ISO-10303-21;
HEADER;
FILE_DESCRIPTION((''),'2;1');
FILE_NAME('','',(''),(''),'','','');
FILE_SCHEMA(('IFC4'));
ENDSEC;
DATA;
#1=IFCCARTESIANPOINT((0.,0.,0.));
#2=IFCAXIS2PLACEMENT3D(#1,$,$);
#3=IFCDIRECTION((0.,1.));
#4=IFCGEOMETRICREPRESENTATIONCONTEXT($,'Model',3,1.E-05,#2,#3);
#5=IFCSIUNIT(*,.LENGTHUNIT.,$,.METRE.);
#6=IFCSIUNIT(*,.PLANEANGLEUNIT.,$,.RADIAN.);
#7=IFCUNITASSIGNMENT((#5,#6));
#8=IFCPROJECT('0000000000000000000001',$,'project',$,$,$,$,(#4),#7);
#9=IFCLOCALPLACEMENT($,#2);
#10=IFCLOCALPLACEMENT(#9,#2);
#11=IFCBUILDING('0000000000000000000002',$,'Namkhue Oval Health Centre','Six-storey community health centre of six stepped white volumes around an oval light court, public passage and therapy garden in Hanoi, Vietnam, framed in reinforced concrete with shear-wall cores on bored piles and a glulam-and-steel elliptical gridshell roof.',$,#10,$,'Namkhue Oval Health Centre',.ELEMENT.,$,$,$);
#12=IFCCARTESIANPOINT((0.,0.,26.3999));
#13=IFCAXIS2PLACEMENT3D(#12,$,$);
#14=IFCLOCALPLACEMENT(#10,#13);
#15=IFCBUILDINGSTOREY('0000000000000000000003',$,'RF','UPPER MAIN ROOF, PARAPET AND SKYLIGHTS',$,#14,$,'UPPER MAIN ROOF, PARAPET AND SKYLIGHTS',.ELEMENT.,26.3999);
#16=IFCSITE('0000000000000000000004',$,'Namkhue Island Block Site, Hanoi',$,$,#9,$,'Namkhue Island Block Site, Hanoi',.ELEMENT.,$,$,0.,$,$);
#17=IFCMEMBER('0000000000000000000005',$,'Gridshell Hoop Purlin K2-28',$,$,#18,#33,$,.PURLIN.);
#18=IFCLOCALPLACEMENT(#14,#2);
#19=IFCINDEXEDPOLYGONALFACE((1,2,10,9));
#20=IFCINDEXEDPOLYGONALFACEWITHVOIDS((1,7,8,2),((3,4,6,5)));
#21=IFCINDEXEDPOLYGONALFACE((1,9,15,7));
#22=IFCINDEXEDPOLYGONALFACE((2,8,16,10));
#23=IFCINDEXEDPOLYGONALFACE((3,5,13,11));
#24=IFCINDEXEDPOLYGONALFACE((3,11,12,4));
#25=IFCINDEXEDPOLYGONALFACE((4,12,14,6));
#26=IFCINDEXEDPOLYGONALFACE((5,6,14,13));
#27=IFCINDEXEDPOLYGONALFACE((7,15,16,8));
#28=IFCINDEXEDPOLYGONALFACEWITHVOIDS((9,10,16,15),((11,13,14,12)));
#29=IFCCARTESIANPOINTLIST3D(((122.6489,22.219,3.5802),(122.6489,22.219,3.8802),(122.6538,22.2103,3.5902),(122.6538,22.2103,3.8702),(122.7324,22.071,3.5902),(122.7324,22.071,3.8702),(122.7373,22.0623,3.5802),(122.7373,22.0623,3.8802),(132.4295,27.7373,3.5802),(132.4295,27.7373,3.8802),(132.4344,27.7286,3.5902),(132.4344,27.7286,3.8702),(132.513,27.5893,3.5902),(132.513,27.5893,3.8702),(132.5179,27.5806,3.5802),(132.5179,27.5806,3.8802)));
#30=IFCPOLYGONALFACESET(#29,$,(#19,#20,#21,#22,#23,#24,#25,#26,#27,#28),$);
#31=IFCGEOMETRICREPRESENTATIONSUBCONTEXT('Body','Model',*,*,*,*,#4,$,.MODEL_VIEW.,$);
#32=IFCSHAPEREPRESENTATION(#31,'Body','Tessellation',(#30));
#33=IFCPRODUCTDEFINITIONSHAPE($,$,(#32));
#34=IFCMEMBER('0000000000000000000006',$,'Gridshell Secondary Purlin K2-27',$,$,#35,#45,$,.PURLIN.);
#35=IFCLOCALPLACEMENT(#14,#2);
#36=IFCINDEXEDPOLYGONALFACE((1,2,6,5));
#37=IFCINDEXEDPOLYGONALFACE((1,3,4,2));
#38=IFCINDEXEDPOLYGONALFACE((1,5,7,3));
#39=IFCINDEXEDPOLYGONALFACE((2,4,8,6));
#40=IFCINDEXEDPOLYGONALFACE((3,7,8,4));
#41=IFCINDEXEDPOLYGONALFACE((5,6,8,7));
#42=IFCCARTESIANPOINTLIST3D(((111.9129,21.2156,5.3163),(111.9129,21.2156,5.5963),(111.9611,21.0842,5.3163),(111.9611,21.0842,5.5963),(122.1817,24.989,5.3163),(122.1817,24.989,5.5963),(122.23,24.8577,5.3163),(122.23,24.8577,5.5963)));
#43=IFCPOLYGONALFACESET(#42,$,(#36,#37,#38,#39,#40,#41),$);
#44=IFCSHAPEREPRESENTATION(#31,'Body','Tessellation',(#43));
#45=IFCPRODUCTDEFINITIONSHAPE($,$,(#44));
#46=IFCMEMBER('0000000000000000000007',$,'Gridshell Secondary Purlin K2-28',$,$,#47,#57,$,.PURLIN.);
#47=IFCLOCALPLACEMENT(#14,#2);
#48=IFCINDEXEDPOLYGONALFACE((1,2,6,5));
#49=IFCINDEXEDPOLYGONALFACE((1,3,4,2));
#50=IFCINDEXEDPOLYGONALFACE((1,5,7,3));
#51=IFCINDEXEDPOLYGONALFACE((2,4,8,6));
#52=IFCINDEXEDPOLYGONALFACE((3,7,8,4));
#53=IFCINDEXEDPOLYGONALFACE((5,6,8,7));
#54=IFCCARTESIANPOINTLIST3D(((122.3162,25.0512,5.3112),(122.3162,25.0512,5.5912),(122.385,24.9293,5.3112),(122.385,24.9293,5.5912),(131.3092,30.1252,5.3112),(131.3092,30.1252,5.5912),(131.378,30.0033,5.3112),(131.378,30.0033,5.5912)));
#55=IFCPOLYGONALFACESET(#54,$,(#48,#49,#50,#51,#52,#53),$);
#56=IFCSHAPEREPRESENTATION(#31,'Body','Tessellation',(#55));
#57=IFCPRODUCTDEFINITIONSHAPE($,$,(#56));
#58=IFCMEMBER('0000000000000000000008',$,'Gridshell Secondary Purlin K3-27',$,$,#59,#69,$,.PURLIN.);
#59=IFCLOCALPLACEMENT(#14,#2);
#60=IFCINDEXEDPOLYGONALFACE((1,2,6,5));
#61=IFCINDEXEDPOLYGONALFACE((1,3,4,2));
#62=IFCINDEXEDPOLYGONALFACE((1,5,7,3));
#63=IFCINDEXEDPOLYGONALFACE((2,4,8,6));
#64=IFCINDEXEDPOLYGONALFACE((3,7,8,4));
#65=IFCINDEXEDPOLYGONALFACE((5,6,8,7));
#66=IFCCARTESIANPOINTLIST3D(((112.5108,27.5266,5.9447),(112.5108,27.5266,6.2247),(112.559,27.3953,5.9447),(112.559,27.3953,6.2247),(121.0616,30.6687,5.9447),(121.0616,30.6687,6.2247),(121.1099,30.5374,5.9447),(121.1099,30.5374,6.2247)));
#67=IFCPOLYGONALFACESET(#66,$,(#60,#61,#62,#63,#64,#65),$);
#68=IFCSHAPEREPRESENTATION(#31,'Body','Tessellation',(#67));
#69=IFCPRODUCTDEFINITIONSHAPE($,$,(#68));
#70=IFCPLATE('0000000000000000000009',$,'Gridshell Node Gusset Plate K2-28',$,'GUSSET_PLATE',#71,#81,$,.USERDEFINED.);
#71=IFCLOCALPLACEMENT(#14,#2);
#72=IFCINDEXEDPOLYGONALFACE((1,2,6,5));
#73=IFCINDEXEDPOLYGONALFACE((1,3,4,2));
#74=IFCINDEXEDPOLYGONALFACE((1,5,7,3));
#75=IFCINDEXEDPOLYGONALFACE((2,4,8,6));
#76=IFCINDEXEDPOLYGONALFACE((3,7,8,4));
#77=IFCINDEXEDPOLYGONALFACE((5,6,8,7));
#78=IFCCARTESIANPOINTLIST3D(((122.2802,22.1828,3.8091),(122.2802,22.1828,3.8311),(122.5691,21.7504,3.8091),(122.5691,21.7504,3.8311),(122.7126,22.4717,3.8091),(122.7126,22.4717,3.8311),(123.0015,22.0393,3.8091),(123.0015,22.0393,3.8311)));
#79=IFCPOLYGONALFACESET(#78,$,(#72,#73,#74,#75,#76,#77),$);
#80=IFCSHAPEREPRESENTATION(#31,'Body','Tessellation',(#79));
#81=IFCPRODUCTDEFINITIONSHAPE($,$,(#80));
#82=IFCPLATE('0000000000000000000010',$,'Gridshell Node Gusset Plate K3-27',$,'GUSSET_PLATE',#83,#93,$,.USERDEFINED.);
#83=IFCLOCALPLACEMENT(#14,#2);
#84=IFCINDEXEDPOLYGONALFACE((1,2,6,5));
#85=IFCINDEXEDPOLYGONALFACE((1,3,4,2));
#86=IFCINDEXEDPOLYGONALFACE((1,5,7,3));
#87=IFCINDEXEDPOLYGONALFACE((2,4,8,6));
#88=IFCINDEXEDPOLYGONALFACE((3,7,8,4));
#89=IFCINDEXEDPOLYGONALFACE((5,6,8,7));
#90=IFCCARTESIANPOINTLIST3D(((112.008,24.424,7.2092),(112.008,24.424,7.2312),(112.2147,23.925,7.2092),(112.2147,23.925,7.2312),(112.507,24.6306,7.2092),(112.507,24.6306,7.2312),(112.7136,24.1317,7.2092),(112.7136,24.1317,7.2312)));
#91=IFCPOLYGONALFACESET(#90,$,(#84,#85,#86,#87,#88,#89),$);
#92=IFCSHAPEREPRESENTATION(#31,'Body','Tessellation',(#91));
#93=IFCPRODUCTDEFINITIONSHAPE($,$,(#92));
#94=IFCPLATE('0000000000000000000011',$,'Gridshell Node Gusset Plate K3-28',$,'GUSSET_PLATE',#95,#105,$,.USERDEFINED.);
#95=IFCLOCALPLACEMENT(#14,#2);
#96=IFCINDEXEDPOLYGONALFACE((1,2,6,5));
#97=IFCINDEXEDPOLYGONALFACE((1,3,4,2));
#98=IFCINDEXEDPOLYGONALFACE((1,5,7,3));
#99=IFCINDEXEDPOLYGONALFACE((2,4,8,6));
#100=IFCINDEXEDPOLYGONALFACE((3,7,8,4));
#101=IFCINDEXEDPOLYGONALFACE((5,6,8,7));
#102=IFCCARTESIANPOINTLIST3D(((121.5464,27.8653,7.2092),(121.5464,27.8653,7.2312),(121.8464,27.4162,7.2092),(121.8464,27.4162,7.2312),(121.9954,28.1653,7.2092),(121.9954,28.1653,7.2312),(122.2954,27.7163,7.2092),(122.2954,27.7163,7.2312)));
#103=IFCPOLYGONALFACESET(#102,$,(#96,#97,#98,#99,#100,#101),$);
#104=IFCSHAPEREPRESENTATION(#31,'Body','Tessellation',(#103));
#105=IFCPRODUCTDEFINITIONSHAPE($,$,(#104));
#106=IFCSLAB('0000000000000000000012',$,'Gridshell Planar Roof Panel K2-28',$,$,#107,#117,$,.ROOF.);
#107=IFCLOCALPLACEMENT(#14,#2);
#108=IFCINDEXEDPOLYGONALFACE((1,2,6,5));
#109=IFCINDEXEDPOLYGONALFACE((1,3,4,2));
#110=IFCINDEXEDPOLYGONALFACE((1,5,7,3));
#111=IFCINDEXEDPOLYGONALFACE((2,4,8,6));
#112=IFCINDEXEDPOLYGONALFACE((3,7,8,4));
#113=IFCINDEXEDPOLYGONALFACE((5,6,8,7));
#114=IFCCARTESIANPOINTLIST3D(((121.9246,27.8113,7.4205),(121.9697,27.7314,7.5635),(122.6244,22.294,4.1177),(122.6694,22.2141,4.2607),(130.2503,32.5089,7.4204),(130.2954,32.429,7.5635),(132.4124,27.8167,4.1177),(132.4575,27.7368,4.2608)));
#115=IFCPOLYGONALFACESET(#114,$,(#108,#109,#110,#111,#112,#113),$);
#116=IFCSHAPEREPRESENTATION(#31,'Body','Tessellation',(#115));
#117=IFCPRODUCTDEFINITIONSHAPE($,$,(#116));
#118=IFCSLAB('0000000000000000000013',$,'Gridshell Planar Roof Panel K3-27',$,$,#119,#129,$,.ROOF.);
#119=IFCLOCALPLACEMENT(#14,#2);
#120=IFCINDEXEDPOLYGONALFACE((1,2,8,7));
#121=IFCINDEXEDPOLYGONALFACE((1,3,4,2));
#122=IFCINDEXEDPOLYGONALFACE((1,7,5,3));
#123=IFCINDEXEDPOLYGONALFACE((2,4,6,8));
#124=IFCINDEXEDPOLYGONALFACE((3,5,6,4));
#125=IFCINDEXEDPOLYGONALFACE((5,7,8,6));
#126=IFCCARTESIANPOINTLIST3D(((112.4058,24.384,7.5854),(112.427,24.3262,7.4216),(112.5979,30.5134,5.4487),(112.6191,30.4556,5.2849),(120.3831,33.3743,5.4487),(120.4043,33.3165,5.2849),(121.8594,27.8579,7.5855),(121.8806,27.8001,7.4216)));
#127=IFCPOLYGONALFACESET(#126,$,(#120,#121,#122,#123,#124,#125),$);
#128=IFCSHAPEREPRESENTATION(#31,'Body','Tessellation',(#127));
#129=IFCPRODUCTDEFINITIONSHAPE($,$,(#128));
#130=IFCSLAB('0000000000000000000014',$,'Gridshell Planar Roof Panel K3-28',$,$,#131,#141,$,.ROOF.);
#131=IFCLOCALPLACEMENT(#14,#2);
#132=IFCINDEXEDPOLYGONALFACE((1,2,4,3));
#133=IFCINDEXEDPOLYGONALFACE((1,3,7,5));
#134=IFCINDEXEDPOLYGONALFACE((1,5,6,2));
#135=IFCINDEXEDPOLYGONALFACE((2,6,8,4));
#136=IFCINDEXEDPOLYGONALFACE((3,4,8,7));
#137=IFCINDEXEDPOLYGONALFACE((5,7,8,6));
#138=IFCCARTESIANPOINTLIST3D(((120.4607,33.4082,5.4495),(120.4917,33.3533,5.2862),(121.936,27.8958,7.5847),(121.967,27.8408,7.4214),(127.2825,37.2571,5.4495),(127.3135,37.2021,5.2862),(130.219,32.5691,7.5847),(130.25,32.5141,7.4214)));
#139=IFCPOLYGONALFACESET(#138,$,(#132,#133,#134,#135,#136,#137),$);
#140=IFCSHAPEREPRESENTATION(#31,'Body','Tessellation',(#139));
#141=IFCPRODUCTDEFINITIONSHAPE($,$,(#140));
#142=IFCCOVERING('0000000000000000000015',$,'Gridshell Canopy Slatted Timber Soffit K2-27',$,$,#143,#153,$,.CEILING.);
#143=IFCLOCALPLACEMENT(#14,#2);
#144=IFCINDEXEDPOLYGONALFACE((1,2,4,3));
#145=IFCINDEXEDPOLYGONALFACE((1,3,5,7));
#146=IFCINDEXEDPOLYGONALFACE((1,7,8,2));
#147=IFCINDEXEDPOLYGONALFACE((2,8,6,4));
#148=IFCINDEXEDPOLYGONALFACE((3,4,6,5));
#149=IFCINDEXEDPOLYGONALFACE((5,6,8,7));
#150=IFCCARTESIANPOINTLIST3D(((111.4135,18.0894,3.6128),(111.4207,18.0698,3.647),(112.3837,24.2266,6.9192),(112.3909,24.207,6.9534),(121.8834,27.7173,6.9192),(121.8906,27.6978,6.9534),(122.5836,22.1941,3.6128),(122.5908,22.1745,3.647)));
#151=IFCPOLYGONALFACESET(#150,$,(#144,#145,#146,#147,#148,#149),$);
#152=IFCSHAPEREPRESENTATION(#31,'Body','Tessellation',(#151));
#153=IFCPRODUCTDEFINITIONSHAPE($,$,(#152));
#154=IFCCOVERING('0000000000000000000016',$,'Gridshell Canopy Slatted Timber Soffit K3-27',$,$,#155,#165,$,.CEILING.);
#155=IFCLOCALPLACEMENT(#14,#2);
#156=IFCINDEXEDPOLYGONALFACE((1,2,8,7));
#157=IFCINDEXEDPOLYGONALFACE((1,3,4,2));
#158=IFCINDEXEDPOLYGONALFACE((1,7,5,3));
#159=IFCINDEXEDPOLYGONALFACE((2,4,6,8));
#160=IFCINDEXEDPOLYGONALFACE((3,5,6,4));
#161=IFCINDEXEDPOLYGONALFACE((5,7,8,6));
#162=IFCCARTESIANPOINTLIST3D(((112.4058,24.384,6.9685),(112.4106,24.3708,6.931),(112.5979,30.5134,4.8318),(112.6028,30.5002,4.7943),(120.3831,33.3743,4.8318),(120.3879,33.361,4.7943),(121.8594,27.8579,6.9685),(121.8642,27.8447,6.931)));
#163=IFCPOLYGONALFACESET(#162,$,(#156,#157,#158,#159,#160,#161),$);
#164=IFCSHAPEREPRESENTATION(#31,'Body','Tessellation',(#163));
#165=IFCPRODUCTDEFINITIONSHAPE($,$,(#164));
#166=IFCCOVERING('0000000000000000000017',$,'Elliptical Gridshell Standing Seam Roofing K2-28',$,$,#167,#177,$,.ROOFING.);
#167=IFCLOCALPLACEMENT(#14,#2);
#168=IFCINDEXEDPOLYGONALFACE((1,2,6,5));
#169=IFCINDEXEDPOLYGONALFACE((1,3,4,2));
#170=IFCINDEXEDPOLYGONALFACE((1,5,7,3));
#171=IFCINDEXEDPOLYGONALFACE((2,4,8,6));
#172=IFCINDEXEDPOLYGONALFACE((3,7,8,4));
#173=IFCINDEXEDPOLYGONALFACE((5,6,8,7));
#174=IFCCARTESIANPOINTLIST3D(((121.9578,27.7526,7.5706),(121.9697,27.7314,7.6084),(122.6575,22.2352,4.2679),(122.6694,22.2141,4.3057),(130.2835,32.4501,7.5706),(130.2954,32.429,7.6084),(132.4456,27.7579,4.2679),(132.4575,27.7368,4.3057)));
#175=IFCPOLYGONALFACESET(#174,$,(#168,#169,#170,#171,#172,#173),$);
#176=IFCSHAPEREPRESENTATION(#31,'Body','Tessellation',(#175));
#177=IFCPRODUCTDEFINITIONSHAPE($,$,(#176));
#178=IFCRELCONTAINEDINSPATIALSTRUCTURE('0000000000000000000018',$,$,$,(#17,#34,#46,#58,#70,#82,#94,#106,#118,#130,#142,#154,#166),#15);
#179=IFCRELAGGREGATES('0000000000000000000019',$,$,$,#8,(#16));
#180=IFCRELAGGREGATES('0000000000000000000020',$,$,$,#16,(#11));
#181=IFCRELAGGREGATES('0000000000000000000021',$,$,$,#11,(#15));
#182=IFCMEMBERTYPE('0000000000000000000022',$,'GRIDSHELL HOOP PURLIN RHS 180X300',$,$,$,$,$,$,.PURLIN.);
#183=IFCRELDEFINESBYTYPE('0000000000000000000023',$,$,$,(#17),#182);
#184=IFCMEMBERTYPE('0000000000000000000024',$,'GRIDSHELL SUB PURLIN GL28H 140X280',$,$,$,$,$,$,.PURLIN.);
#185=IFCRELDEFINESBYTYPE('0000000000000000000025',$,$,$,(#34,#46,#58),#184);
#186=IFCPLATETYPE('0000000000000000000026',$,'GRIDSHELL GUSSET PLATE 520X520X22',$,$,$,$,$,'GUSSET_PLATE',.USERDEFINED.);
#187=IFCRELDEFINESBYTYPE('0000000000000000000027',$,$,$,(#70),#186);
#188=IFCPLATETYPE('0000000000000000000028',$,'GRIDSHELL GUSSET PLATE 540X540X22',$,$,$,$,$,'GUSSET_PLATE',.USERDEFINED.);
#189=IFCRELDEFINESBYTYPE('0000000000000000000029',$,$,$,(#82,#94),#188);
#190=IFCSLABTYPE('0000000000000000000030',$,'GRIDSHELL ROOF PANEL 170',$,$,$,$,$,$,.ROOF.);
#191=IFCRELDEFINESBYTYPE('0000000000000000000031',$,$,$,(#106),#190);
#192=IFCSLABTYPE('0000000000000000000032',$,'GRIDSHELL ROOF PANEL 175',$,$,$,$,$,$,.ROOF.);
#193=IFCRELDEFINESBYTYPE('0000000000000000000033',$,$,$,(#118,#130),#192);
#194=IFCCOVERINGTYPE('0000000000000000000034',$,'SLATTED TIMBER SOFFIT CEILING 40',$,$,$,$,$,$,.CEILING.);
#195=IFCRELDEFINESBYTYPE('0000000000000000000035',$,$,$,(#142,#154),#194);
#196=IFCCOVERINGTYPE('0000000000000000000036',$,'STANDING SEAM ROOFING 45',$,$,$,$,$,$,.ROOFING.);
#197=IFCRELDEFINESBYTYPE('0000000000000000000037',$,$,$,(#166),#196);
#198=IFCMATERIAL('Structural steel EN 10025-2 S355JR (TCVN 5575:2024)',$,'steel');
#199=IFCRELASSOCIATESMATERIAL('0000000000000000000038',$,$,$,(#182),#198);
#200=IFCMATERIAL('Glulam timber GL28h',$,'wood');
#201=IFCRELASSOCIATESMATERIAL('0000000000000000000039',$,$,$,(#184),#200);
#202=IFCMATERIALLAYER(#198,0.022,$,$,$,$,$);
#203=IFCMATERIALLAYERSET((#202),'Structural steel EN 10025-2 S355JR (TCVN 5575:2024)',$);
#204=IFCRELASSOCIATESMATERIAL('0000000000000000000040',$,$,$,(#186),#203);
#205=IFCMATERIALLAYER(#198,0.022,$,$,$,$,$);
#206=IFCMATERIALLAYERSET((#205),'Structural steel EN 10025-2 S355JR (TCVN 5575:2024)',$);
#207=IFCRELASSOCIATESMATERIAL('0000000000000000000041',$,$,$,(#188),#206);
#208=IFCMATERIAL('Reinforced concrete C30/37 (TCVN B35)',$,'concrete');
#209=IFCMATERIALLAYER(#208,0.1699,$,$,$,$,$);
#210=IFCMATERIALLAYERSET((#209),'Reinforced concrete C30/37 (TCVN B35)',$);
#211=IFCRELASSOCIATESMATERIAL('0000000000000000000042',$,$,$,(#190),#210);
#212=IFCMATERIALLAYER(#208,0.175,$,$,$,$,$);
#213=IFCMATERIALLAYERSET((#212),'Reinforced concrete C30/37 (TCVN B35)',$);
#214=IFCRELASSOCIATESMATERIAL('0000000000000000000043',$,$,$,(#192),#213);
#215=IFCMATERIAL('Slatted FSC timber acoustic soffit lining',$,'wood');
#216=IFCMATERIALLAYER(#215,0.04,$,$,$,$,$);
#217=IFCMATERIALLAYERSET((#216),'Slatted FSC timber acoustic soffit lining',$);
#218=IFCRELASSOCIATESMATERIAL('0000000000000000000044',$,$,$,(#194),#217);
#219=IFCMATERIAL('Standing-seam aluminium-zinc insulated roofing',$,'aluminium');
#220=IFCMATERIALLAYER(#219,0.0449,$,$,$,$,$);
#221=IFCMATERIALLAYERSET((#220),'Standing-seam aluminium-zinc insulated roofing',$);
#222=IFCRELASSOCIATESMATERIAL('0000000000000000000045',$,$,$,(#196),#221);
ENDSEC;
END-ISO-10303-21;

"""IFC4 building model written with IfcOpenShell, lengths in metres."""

from ifc_helpers import new_model, si_unit, direction, frame, origin, origin_2d, place, context, subcontext, project, spatial, polyline, rectangle, hollow_rectangle, outline, extrude, material, layer, layer_set, material_profile, profile_set, type_object, element, save


model = new_model("IFC4")

# Units and contexts
model_context = context("Model", 3, precision=1e-05, world=origin(), true_north=direction((0.0, 1.0)))
body_context = subcontext(model_context, "Body", "Model", "MODEL_VIEW")
ifc_project = project(units=[si_unit("LENGTHUNIT", "METRE"), si_unit("PLANEANGLEUNIT", "RADIAN")], contexts=[model_context])

# Site, building, storey
site_placement = place(None, origin())
site = spatial("IfcSite", under=ifc_project, at=site_placement, Name="Namkhue Island Block Site, Hanoi", LongName="Namkhue Island Block Site, Hanoi", CompositionType="ELEMENT", RefElevation=0.0)
building_placement = place(site_placement, origin())
building = spatial("IfcBuilding", under=site, at=building_placement, Name="Namkhue Oval Health Centre", Description="Six-storey community health centre of six stepped white volumes around an oval light court, public passage and therapy garden in Hanoi, Vietnam, framed in reinforced concrete with shear-wall cores on bored piles and a glulam-and-steel elliptical gridshell roof.", LongName="Namkhue Oval Health Centre", CompositionType="ELEMENT")
storey_placement = place(building_placement, frame((0.0, 0.0, 26.3999)))
storey = spatial("IfcBuildingStorey", under=building, at=storey_placement, Name="RF", Description="UPPER MAIN ROOF, PARAPET AND SKYLIGHTS", LongName="UPPER MAIN ROOF, PARAPET AND SKYLIGHTS", CompositionType="ELEMENT", Elevation=26.3999)

# Members
ifc_material_1 = material(Name="Structural steel EN 10025-2 S355JR (TCVN 5575:2024)", Category="steel")
ifc_material_2 = material(Name="Glulam timber GL28h", Category="wood")
ifc_material_profile_1 = material_profile(ifc_material_1, hollow_rectangle(XDim=0.1799, YDim=0.3, WallThickness=0.01, at=origin_2d()), Name="RHS 180x300x10")
ifc_profile_set_1 = profile_set([ifc_material_profile_1], Name="Structural steel EN 10025-2 S355JR (TCVN 5575:2024)")
member_type_1 = type_object("IfcMemberType", Name="GRIDSHELL HOOP PURLIN RHS 180X300", PredefinedType="PURLIN", material=ifc_profile_set_1)
member_1_placement = place(storey_placement, frame((122.6931, 22.1406, 3.7302), z_axis=(0.870937, 0.491395, 0.0), x_axis=(-0.491395, 0.870937, 0.0)))
element("IfcMember", 1, at=member_1_placement, inside=storey, type_object=member_type_1, Name="Gridshell Hoop Purlin K2-28", PredefinedType="PURLIN", context=body_context, shape_type="SweptSolid", body=[
    extrude(hollow_rectangle(XDim=0.1799, YDim=0.3, WallThickness=0.01, at=origin_2d()), origin(), (0.0, 0.0, 1.0), 11.23),
])
ifc_material_profile_2 = material_profile(ifc_material_2, rectangle(XDim=0.1399, YDim=0.28, at=origin_2d()), Name="GL28h 140x280")
ifc_profile_set_2 = profile_set([ifc_material_profile_2], Name="Glulam timber GL28h")
member_type_2 = type_object("IfcMemberType", Name="GRIDSHELL SUB PURLIN GL28H 140X280", PredefinedType="PURLIN", material=ifc_profile_set_2)
member_2_placement = place(storey_placement, frame((111.937, 21.1499, 5.4563), z_axis=(0.938633, 0.344916, 0.0), x_axis=(-0.344916, 0.938633, 0.0)))
element("IfcMember", 2, at=member_2_placement, inside=storey, type_object=member_type_2, Name="Gridshell Secondary Purlin K2-27", PredefinedType="PURLIN", context=body_context, shape_type="SweptSolid", body=[
    extrude(rectangle(XDim=0.1399, YDim=0.28, at=origin_2d()), origin(), (0.0, 0.0, 1.0), 10.9402),
])
member_3_placement = place(storey_placement, frame((122.3506, 24.9902, 5.4512), z_axis=(0.870935, 0.491398, 0.0), x_axis=(-0.491398, 0.870935, 0.0)))
element("IfcMember", 3, at=member_3_placement, inside=storey, type_object=member_type_2, Name="Gridshell Secondary Purlin K2-28", PredefinedType="PURLIN", context=body_context, shape_type="SweptSolid", body=[
    extrude(rectangle(XDim=0.1399, YDim=0.28, at=origin_2d()), origin(), (0.0, 0.0, 1.0), 10.3257),
])
member_4_placement = place(storey_placement, frame((112.5349, 27.4609, 6.0847), z_axis=(0.938635, 0.344913, 0.0), x_axis=(-0.344913, 0.938635, 0.0)))
element("IfcMember", 4, at=member_4_placement, inside=storey, type_object=member_type_2, Name="Gridshell Secondary Purlin K3-27", PredefinedType="PURLIN", context=body_context, shape_type="SweptSolid", body=[
    extrude(rectangle(XDim=0.1399, YDim=0.28, at=origin_2d()), origin(), (0.0, 0.0, 1.0), 9.1099),
])

# Plates
ifc_layer_1 = layer(ifc_material_1, 0.022)
ifc_layer_set_1 = layer_set([ifc_layer_1], Name="Structural steel EN 10025-2 S355JR (TCVN 5575:2024)")
plate_type_1 = type_object("IfcPlateType", Name="GRIDSHELL GUSSET PLATE 520X520X22", ElementType="GUSSET_PLATE", PredefinedType="USERDEFINED", material=ifc_layer_set_1)
plate_placement = place(storey_placement, frame((122.6409, 22.1111, 3.8091), z_axis=(0.0, 0.0, 1.0), x_axis=(0.55557, -0.83147, 0.0)))
element("IfcPlate", 5, at=plate_placement, inside=storey, type_object=plate_type_1, Name="Gridshell Node Gusset Plate K2-28", ObjectType="GUSSET_PLATE", PredefinedType="USERDEFINED", context=body_context, shape_type="SweptSolid", body=[
    extrude(rectangle(XDim=0.52, YDim=0.52, at=origin_2d()), origin(), (0.0, 0.0, 1.0), 0.022),
])
ifc_layer_2 = layer(ifc_material_1, 0.022)
ifc_layer_set_2 = layer_set([ifc_layer_2], Name="Structural steel EN 10025-2 S355JR (TCVN 5575:2024)")
plate_type_2 = type_object("IfcPlateType", Name="GRIDSHELL GUSSET PLATE 540X540X22", ElementType="GUSSET_PLATE", PredefinedType="USERDEFINED", material=ifc_layer_set_2)
for number, where, z_axis, x_axis, name in (
    (6, (112.3608, 24.2778, 7.2092), (0.0, 0.0, 1.0), (0.382683, -0.92388, 0.0), "Gridshell Node Gusset Plate K3-27"),
    (7, (121.9209, 27.7908, 7.2092), (0.0, 0.0, 1.0), (0.55557, -0.83147, 0.0), "Gridshell Node Gusset Plate K3-28"),
):
    element("IfcPlate", number, at=place(storey_placement, frame(where, z_axis=z_axis, x_axis=x_axis)), inside=storey, type_object=plate_type_2, Name=name, ObjectType="GUSSET_PLATE", PredefinedType="USERDEFINED", context=body_context, shape_type="SweptSolid", body=[
        extrude(rectangle(XDim=0.54, YDim=0.54, at=origin_2d()), origin(), (0.0, 0.0, 1.0), 0.022),
    ])

# Slabs
ifc_material_3 = material(Name="Reinforced concrete C30/37 (TCVN B35)", Category="concrete")
ifc_layer_3 = layer(ifc_material_3, 0.1699)
ifc_layer_set_3 = layer_set([ifc_layer_3], Name="Reinforced concrete C30/37 (TCVN B35)")
slab_type_1 = type_object("IfcSlabType", Name="GRIDSHELL ROOF PANEL 170", PredefinedType="ROOF", material=ifc_layer_set_3)
slab_1_placement = place(storey_placement, frame((122.6694, 22.2141, 4.2607), z_axis=(0.26531, -0.470222, 0.841725), x_axis=(0.870932, 0.491403, 0.000001)))
element("IfcSlab", 8, at=slab_1_placement, inside=storey, type_object=slab_type_1, Name="Gridshell Planar Roof Panel K2-28", PredefinedType="ROOF", context=body_context, shape_type="SweptSolid", body=[
    extrude(outline(polyline([(0.0, 0.0), (11.2386, 0.0), (11.6613, 6.1172), (2.1018, 6.1173), (0.0, 0.0)])), origin(), (0.0, 0.0, -1.0), 0.1699),
])
ifc_layer_4 = layer(ifc_material_3, 0.175)
ifc_layer_set_4 = layer_set([ifc_layer_4], Name="Reinforced concrete C30/37 (TCVN B35)")
slab_type_2 = type_object("IfcSlabType", Name="GRIDSHELL ROOF PANEL 175", PredefinedType="ROOF", material=ifc_layer_set_4)
slab_2_placement = place(storey_placement, frame((112.4058, 24.384, 7.5854), z_axis=(-0.121313, 0.33013, 0.936108), x_axis=(0.938634, 0.344916, 0.000001)))
element("IfcSlab", 9, at=slab_2_placement, inside=storey, type_object=slab_type_2, Name="Gridshell Planar Roof Panel K3-27", PredefinedType="ROOF", context=body_context, shape_type="SweptSolid", body=[
    extrude(outline(polyline([(0.0, 0.0), (10.0717, 0.0), (10.5886, 6.0752), (2.2945, 6.0751), (0.0, 0.0)])), origin(), (0.0, 0.0, -1.0), 0.175),
])
slab_3_placement = place(storey_placement, frame((121.936, 27.8958, 7.5847), z_axis=(-0.177113, 0.313915, 0.932785), x_axis=(0.870938, 0.491393, -0.000001)))
element("IfcSlab", 10, at=slab_3_placement, inside=storey, type_object=slab_type_2, Name="Gridshell Planar Roof Panel K3-28", PredefinedType="ROOF", context=body_context, shape_type="SweptSolid", body=[
    extrude(outline(polyline([(0.0, 0.0), (9.5104, 0.0), (9.2565, 5.9241), (1.4238, 5.9242), (0.0, 0.0)])), origin(), (0.0, 0.0, -1.0), 0.175),
])

# Coverings
ifc_material_4 = material(Name="Slatted FSC timber acoustic soffit lining", Category="wood")
ifc_layer_5 = layer(ifc_material_4, 0.04)
ifc_layer_set_5 = layer_set([ifc_layer_5], Name="Slatted FSC timber acoustic soffit lining")
covering_type_1 = type_object("IfcCoveringType", Name="SLATTED TIMBER SOFFIT CEILING 40", PredefinedType="CEILING", material=ifc_layer_set_5)
covering_1_placement = place(storey_placement, frame((111.4207, 18.0698, 3.647), z_axis=(0.179484, -0.488439, 0.85394), x_axis=(0.938632, 0.34492, 0.000003)))
element("IfcCovering", 11, at=covering_1_placement, inside=storey, type_object=covering_type_1, Name="Gridshell Canopy Slatted Timber Soffit K2-27", PredefinedType="CEILING", context=body_context, shape_type="SweptSolid", body=[
    extrude(outline(polyline([(0.0, 0.0), (11.9005, 0.0), (13.1483, 6.3538), (3.0275, 6.354), (0.0, 0.0)])), origin(), (0.0, 0.0, -1.0), 0.04),
])
covering_2_placement = place(storey_placement, frame((112.4058, 24.384, 6.9685), z_axis=(-0.121313, 0.33013, 0.936108), x_axis=(0.938634, 0.344916, 0.000001)))
element("IfcCovering", 12, at=covering_2_placement, inside=storey, type_object=covering_type_1, Name="Gridshell Canopy Slatted Timber Soffit K3-27", PredefinedType="CEILING", context=body_context, shape_type="SweptSolid", body=[
    extrude(outline(polyline([(0.0, 0.0), (10.0717, 0.0), (10.5886, 6.0752), (2.2945, 6.0751), (0.0, 0.0)])), origin(), (0.0, 0.0, -1.0), 0.04),
])
ifc_material_5 = material(Name="Standing-seam aluminium-zinc insulated roofing", Category="aluminium")
ifc_layer_6 = layer(ifc_material_5, 0.0449)
ifc_layer_set_6 = layer_set([ifc_layer_6], Name="Standing-seam aluminium-zinc insulated roofing")
covering_type_2 = type_object("IfcCoveringType", Name="STANDING SEAM ROOFING 45", PredefinedType="ROOFING", material=ifc_layer_set_6)
covering_3_placement = place(storey_placement, frame((122.6694, 22.2141, 4.3057), z_axis=(0.26531, -0.470222, 0.841725), x_axis=(0.870932, 0.491403, 0.000001)))
element("IfcCovering", 13, at=covering_3_placement, inside=storey, type_object=covering_type_2, Name="Elliptical Gridshell Standing Seam Roofing K2-28", PredefinedType="ROOFING", context=body_context, shape_type="SweptSolid", body=[
    extrude(outline(polyline([(0.0, 0.0), (11.2386, 0.0), (11.6613, 6.1172), (2.1018, 6.1173), (0.0, 0.0)])), origin(), (0.0, 0.0, -1.0), 0.0449),
])

save(model, "model.ifc")
